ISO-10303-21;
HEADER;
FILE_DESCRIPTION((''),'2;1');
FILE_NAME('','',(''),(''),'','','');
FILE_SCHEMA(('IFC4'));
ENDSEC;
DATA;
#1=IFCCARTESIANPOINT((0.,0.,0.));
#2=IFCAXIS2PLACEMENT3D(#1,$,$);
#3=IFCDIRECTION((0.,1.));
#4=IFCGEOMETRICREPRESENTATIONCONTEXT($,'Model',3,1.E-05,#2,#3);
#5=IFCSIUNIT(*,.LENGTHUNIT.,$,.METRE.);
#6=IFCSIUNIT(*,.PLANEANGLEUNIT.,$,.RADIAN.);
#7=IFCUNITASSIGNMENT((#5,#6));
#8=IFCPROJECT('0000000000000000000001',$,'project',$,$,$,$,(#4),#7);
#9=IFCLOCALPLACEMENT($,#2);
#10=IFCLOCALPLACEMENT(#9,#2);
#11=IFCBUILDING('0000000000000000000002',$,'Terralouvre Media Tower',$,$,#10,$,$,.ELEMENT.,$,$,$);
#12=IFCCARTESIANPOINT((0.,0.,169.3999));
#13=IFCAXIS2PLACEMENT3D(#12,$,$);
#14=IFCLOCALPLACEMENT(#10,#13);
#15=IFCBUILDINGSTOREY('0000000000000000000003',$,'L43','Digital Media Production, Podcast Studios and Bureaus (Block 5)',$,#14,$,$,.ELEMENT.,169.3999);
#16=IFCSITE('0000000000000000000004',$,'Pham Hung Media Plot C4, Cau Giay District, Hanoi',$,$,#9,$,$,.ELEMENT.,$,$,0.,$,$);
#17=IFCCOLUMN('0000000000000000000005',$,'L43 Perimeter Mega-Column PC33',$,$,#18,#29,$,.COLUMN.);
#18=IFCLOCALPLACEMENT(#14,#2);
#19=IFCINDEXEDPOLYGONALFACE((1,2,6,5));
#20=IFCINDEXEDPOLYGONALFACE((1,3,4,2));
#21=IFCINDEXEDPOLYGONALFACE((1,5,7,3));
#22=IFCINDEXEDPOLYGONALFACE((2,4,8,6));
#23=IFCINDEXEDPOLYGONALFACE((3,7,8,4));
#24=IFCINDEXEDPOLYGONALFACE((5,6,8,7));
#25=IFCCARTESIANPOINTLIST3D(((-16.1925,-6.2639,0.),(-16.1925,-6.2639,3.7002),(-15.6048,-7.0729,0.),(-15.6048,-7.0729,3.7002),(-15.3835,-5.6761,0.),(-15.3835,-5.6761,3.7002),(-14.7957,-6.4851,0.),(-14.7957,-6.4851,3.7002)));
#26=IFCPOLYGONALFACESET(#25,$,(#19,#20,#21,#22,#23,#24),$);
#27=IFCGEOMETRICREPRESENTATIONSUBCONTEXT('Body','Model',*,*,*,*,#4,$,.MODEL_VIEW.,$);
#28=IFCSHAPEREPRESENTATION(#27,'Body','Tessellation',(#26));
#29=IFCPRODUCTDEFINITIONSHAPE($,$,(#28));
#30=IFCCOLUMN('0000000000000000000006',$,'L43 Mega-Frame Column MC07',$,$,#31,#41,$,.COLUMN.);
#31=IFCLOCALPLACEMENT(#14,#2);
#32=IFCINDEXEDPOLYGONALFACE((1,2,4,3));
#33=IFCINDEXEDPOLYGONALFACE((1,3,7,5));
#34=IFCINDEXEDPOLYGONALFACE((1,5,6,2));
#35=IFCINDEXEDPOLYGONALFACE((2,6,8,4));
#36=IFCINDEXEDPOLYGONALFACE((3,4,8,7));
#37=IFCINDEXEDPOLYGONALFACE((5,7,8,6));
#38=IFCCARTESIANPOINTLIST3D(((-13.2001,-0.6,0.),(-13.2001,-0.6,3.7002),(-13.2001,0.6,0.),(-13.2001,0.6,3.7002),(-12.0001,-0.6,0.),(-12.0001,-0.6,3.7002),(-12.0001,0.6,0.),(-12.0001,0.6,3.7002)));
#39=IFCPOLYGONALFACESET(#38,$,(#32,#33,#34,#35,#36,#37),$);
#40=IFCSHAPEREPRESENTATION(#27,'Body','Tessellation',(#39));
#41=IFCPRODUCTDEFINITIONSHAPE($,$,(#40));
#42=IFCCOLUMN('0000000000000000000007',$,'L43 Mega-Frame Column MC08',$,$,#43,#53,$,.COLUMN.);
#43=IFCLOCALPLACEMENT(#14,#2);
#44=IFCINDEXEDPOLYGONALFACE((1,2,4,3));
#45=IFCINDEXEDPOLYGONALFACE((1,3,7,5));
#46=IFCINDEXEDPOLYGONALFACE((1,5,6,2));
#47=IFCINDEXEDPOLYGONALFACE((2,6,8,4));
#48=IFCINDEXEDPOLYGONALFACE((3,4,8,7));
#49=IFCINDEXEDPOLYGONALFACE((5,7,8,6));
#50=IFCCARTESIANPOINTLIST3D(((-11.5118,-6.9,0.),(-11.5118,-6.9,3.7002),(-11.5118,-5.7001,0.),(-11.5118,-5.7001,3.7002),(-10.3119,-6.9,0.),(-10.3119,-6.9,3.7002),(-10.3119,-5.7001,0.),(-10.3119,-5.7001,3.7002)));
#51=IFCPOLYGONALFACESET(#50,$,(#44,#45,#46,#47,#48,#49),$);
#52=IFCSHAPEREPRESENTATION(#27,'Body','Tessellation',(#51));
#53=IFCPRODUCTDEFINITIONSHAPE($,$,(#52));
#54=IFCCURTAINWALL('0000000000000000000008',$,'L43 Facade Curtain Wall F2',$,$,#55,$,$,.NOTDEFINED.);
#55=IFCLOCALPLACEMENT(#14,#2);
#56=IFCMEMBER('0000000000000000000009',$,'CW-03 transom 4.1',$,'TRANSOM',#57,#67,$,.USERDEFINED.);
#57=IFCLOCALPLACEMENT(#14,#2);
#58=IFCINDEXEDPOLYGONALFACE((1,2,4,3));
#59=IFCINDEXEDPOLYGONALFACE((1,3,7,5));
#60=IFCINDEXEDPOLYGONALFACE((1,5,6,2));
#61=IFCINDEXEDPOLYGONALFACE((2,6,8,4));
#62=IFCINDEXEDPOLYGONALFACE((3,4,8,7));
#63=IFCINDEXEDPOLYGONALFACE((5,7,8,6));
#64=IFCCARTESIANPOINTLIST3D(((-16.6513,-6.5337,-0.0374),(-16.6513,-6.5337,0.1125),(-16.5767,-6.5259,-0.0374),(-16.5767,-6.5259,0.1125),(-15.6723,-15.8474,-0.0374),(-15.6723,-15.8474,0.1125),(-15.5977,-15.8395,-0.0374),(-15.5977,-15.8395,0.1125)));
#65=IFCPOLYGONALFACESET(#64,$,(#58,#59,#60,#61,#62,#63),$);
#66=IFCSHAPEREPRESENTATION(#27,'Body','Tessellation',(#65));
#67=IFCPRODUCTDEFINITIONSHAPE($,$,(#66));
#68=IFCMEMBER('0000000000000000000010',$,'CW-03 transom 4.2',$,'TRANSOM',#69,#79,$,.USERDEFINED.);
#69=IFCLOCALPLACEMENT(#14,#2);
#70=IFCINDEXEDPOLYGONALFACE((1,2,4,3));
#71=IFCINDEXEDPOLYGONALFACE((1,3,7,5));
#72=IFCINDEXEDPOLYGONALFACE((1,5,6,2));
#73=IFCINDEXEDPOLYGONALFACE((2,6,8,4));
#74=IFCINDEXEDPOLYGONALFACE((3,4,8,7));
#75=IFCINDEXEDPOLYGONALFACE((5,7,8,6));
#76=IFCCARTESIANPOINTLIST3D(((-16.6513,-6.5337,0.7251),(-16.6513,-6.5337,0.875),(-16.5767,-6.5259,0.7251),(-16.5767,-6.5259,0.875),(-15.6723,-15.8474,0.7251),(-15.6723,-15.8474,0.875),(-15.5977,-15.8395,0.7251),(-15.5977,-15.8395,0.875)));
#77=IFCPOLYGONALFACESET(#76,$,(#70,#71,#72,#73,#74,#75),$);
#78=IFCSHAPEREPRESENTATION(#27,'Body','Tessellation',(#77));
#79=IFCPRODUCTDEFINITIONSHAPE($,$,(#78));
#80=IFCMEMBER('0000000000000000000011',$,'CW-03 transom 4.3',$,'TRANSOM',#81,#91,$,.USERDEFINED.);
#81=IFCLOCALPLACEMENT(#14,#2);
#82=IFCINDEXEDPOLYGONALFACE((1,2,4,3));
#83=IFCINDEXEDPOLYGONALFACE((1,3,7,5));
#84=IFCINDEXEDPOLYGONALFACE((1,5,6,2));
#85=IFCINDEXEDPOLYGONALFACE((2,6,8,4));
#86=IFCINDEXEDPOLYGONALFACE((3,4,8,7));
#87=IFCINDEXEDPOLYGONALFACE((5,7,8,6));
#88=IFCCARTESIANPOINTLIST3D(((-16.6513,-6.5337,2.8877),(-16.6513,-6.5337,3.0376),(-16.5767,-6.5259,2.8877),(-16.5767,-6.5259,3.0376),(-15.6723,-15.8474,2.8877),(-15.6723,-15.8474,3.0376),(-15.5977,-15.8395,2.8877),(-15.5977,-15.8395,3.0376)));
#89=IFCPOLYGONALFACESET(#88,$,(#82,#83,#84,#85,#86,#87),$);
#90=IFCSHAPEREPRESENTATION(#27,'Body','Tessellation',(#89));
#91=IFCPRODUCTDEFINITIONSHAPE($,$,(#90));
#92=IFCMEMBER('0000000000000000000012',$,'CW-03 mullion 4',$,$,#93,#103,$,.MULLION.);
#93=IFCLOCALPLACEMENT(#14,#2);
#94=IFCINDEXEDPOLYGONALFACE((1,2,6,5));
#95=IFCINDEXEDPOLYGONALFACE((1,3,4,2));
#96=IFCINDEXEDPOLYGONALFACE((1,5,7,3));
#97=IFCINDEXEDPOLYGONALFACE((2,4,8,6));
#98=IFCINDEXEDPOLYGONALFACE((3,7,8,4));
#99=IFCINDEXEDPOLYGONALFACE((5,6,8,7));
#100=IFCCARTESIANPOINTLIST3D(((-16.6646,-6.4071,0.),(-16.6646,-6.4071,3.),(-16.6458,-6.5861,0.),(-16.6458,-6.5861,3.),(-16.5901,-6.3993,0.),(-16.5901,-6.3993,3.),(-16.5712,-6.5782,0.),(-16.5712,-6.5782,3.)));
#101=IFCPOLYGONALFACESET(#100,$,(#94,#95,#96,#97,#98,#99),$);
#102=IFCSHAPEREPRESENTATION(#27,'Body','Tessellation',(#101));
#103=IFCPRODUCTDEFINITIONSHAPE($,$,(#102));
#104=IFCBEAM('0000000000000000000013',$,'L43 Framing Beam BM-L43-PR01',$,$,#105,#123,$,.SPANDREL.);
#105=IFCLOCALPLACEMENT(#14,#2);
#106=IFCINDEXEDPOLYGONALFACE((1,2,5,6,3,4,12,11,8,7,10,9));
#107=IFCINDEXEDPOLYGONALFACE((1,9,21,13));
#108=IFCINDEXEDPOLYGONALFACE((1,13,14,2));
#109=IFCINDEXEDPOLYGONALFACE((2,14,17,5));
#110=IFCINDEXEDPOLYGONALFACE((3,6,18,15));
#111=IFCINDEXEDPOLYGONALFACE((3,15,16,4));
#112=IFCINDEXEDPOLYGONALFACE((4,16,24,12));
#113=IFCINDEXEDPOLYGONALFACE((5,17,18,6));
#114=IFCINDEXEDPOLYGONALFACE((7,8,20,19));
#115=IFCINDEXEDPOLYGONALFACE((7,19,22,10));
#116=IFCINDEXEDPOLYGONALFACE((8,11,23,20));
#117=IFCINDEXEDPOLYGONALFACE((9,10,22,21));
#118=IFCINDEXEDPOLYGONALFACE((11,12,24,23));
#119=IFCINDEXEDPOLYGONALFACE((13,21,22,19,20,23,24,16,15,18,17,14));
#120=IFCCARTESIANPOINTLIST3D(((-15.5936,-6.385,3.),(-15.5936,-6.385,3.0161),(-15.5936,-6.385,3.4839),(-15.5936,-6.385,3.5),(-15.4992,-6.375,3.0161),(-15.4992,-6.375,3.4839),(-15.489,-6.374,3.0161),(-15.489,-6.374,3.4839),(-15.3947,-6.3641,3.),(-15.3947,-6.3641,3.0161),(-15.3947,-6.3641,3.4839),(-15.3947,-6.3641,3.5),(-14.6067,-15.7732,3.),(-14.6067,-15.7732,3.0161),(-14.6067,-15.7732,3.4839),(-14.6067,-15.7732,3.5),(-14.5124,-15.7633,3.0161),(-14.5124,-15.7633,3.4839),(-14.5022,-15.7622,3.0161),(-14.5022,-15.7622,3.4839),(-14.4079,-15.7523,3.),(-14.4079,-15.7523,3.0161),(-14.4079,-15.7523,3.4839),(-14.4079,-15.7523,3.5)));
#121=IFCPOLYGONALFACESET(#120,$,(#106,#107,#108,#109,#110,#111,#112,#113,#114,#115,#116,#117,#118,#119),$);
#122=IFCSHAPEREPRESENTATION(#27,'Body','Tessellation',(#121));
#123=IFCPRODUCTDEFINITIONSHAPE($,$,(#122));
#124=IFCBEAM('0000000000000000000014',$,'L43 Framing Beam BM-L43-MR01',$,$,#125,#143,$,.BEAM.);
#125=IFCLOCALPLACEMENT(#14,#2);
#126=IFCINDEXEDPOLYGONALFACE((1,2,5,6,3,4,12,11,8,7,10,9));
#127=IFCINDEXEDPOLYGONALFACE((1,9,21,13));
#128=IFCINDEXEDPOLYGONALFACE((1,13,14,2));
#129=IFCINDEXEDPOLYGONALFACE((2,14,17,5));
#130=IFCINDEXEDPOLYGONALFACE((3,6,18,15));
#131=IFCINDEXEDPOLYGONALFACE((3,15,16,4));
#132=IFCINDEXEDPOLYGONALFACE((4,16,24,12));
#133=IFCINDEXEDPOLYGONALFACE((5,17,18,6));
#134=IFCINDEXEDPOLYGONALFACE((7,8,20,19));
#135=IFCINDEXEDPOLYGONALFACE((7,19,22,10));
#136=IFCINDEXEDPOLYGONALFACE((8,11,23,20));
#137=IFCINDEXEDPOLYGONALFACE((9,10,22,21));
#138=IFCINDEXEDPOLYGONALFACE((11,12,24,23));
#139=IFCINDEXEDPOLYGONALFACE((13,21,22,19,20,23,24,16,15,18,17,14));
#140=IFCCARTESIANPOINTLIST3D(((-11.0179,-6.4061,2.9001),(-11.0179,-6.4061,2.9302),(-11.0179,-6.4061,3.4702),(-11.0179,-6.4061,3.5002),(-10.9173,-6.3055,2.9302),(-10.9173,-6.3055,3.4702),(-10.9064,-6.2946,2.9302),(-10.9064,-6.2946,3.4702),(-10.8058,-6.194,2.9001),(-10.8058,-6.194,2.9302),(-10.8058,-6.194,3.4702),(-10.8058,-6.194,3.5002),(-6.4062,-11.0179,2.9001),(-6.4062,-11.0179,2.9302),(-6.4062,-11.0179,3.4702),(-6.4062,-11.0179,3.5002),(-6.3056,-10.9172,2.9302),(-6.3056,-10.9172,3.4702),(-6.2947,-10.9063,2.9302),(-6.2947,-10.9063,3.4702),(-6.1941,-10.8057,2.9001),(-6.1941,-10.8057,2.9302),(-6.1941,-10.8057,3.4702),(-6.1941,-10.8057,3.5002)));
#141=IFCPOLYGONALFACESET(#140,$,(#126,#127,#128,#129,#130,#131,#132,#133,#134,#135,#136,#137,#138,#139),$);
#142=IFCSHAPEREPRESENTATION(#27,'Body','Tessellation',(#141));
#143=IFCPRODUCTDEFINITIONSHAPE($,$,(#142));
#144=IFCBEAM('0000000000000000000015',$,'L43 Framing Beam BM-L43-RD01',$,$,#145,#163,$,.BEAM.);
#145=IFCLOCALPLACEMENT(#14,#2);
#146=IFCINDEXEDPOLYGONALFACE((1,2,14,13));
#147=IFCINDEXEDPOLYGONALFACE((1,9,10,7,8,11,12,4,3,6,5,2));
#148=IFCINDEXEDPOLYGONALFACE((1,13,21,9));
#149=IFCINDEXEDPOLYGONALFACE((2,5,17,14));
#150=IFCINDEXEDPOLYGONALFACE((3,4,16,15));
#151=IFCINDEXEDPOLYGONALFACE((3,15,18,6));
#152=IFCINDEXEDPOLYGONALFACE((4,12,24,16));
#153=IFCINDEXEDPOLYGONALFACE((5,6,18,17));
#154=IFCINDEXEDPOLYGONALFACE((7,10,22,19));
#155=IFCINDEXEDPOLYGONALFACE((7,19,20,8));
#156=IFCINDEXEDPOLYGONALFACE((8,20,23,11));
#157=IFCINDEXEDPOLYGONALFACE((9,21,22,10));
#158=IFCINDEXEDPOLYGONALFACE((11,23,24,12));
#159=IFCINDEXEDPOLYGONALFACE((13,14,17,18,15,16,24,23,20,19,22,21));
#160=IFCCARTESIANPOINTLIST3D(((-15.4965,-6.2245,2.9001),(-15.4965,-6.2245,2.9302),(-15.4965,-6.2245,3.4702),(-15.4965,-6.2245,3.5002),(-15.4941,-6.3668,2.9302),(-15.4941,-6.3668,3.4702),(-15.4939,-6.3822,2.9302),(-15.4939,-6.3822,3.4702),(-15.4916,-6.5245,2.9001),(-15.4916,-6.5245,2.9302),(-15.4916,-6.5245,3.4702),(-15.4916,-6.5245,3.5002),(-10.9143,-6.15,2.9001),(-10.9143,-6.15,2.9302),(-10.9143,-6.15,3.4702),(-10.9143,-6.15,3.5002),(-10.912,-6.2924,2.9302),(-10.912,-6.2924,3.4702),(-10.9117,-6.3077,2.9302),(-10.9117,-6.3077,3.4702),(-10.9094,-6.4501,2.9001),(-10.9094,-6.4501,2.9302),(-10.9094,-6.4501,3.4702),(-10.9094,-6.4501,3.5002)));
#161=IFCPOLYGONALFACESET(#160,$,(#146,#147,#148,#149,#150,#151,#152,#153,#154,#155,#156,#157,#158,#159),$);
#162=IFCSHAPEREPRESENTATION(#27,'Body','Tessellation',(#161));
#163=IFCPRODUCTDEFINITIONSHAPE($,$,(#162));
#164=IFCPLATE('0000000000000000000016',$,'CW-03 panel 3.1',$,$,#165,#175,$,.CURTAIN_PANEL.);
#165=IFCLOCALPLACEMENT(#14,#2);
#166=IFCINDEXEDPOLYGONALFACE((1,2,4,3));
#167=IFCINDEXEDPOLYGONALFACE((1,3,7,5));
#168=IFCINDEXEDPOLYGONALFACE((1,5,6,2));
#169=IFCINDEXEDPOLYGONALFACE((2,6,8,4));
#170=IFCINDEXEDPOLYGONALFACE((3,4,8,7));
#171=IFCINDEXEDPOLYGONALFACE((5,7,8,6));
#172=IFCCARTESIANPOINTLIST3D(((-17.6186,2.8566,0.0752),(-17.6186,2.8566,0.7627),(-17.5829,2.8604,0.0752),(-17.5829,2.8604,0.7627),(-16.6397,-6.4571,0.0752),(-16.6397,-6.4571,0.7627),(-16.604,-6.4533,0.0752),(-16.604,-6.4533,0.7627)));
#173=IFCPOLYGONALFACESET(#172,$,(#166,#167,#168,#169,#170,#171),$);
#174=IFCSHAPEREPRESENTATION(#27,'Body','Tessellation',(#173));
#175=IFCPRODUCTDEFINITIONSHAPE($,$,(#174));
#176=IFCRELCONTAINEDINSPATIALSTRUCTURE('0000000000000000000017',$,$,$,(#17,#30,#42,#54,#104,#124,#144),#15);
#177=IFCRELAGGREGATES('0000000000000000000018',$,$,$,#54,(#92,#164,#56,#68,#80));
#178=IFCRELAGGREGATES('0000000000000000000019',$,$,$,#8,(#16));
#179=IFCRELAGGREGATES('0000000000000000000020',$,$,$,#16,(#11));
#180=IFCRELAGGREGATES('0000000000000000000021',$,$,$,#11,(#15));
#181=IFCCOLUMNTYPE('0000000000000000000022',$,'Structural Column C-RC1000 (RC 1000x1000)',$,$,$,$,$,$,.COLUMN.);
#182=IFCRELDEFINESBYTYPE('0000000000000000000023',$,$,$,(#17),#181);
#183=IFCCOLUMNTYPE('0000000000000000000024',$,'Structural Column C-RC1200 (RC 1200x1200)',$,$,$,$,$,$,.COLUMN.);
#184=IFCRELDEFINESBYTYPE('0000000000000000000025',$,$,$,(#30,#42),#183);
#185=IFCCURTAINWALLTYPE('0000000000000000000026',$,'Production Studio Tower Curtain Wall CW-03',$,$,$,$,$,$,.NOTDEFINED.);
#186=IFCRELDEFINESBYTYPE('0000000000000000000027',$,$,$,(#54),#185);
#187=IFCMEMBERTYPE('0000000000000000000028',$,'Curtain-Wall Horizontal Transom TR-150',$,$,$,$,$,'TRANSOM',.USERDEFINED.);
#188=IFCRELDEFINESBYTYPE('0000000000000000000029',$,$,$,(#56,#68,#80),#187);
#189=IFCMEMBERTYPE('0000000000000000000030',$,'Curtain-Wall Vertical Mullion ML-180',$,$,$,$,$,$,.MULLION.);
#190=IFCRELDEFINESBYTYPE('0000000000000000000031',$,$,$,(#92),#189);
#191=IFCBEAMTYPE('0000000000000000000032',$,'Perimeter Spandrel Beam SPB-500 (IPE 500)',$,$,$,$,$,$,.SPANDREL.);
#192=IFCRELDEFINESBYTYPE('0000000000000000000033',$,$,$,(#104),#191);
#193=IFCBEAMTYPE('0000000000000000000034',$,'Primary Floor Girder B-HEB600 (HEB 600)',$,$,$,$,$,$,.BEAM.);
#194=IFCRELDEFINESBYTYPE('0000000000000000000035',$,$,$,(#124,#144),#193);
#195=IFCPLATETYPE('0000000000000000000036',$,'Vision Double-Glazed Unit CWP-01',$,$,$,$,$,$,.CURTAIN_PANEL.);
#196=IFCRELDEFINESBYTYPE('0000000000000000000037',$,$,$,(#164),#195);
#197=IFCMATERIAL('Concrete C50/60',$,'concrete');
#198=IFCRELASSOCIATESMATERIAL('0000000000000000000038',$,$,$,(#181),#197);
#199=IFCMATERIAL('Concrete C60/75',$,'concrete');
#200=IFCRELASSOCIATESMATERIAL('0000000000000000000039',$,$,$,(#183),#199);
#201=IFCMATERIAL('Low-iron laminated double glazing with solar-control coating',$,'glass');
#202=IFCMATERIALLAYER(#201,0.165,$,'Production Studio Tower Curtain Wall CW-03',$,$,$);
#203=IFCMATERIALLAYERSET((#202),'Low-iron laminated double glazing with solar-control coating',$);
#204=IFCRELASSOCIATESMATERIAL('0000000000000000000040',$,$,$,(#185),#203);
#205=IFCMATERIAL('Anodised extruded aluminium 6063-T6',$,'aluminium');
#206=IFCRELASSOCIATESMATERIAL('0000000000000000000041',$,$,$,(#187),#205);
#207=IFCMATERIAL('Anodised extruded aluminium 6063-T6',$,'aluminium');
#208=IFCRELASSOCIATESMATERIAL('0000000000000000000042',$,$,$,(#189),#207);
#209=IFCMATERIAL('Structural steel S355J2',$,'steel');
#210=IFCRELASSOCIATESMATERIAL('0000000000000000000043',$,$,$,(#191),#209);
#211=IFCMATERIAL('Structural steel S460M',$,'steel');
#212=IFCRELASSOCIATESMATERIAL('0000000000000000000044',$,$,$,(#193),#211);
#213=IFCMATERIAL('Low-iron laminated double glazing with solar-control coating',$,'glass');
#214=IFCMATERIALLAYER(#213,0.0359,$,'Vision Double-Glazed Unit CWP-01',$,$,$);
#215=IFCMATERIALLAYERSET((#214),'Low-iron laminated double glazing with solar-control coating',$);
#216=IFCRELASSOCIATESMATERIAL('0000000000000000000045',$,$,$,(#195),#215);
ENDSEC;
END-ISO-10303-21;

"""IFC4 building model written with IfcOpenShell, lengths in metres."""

from ifc_helpers import new_model, si_unit, direction, frame, origin, origin_2d, place, context, subcontext, project, spatial, rectangle, i_section, extrude, material, layer, layer_set, material_profile, profile_set, type_object, element, aggregate, save


model = new_model("IFC4")

# Units and contexts
model_context = context("Model", 3, precision=1e-05, world=origin(), true_north=direction((0.0, 1.0)))
body_context = subcontext(model_context, "Body", "Model", "MODEL_VIEW")
ifc_project = project(units=[si_unit("LENGTHUNIT", "METRE"), si_unit("PLANEANGLEUNIT", "RADIAN")], contexts=[model_context])

# Site, building, storey
site_placement = place(None, origin())
site = spatial("IfcSite", under=ifc_project, at=site_placement, Name="Pham Hung Media Plot C4, Cau Giay District, Hanoi", CompositionType="ELEMENT", RefElevation=0.0)
building_placement = place(site_placement, origin())
building = spatial("IfcBuilding", under=site, at=building_placement, Name="Terralouvre Media Tower", CompositionType="ELEMENT")
storey_placement = place(building_placement, frame((0.0, 0.0, 169.3999)))
storey = spatial("IfcBuildingStorey", under=building, at=storey_placement, Name="L43", Description="Digital Media Production, Podcast Studios and Bureaus (Block 5)", CompositionType="ELEMENT", Elevation=169.3999)

# Columns
ifc_material_1 = material(Name="Concrete C50/60", Category="concrete")
ifc_material_profile_1 = material_profile(ifc_material_1, rectangle(XDim=1.0, YDim=1.0, at=origin_2d()), Name="RC 1000x1000")
ifc_profile_set_1 = profile_set([ifc_material_profile_1], Name="Concrete C50/60")
column_type_1 = type_object("IfcColumnType", Name="Structural Column C-RC1000 (RC 1000x1000)", PredefinedType="COLUMN", material=ifc_profile_set_1)
column_placement = place(storey_placement, frame((-15.4941, -6.3745, 0.0), z_axis=(0.0, 0.0, 1.0), x_axis=(0.809017, 0.587785, 0.0)))
element("IfcColumn", 1, at=column_placement, inside=storey, type_object=column_type_1, Name="L43 Perimeter Mega-Column PC33", PredefinedType="COLUMN", context=body_context, shape_type="SweptSolid", body=[
    extrude(rectangle(XDim=1.0, YDim=1.0, at=origin_2d()), origin(), (0.0, 0.0, 1.0), 3.7002),
])
ifc_material_2 = material(Name="Concrete C60/75", Category="concrete")
ifc_material_profile_2 = material_profile(ifc_material_2, rectangle(XDim=1.2, YDim=1.2, at=origin_2d()), Name="RC 1200x1200")
ifc_profile_set_2 = profile_set([ifc_material_profile_2], Name="Concrete C60/75")
column_type_2 = type_object("IfcColumnType", Name="Structural Column C-RC1200 (RC 1200x1200)", PredefinedType="COLUMN", material=ifc_profile_set_2)
for number, where, z_axis, x_axis, name in (
    (2, (-12.6001, 0.0, 0.0), (0.0, 0.0, 1.0), (1.0, 0.0, 0.0), "L43 Mega-Frame Column MC07"),
    (3, (-10.9119, -6.3, 0.0), (0.0, 0.0, 1.0), (1.0, 0.0, 0.0), "L43 Mega-Frame Column MC08"),
):
    element("IfcColumn", number, at=place(storey_placement, frame(where, z_axis=z_axis, x_axis=x_axis)), inside=storey, type_object=column_type_2, Name=name, PredefinedType="COLUMN", context=body_context, shape_type="SweptSolid", body=[
        extrude(rectangle(XDim=1.2, YDim=1.2, at=origin_2d()), origin(), (0.0, 0.0, 1.0), 3.7002),
    ])

# Curtain wall, members
ifc_material_3 = material(Name="Low-iron laminated double glazing with solar-control coating", Category="glass")
ifc_layer_1 = layer(ifc_material_3, 0.165, Name="Production Studio Tower Curtain Wall CW-03")
ifc_layer_set_1 = layer_set([ifc_layer_1], Name="Low-iron laminated double glazing with solar-control coating")
curtain_wall_type = type_object("IfcCurtainWallType", Name="Production Studio Tower Curtain Wall CW-03", PredefinedType="NOTDEFINED", material=ifc_layer_set_1)
curtain_wall_placement = place(storey_placement, origin())
curtain_wall = element("IfcCurtainWall", 4, at=curtain_wall_placement, inside=storey, type_object=curtain_wall_type, Name="L43 Facade Curtain Wall F2", PredefinedType="NOTDEFINED")
ifc_material_4 = material(Name="Anodised extruded aluminium 6063-T6", Category="aluminium")
ifc_material_profile_3 = material_profile(ifc_material_4, rectangle(XDim=0.075, YDim=0.1499, at=origin_2d()), Name="ALU 75x150")
ifc_profile_set_3 = profile_set([ifc_material_profile_3], Name="Anodised extruded aluminium 6063-T6")
member_type_1 = type_object("IfcMemberType", Name="Curtain-Wall Horizontal Transom TR-150", ElementType="TRANSOM", PredefinedType="USERDEFINED", material=ifc_profile_set_3)
member_1_placement = place(storey_placement, frame((-16.614, -6.5298, 0.0376), z_axis=(0.104538, -0.994521, 0.0), x_axis=(0.994521, 0.104538, 0.0)))
member_1 = element("IfcMember", 5, at=member_1_placement, type_object=member_type_1, Name="CW-03 transom 4.1", ObjectType="TRANSOM", PredefinedType="USERDEFINED", context=body_context, shape_type="SweptSolid", body=[
    extrude(rectangle(XDim=0.075, YDim=0.1499, at=origin_2d()), origin(), (0.0, 0.0, 1.0), 9.365),
])
member_2_placement = place(storey_placement, frame((-16.614, -6.5298, 0.8), z_axis=(0.104538, -0.994521, 0.0), x_axis=(0.994521, 0.104538, 0.0)))
member_2 = element("IfcMember", 6, at=member_2_placement, type_object=member_type_1, Name="CW-03 transom 4.2", ObjectType="TRANSOM", PredefinedType="USERDEFINED", context=body_context, shape_type="SweptSolid", body=[
    extrude(rectangle(XDim=0.075, YDim=0.1499, at=origin_2d()), origin(), (0.0, 0.0, 1.0), 9.365),
])
member_3_placement = place(storey_placement, frame((-16.614, -6.5298, 2.9626), z_axis=(0.104538, -0.994521, 0.0), x_axis=(0.994521, 0.104538, 0.0)))
member_3 = element("IfcMember", 7, at=member_3_placement, type_object=member_type_1, Name="CW-03 transom 4.3", ObjectType="TRANSOM", PredefinedType="USERDEFINED", context=body_context, shape_type="SweptSolid", body=[
    extrude(rectangle(XDim=0.075, YDim=0.1499, at=origin_2d()), origin(), (0.0, 0.0, 1.0), 9.365),
])
ifc_material_5 = material(Name="Anodised extruded aluminium 6063-T6", Category="aluminium")
ifc_material_profile_4 = material_profile(ifc_material_5, rectangle(XDim=0.075, YDim=0.1799, at=origin_2d()), Name="ALU 75x180")
ifc_profile_set_4 = profile_set([ifc_material_profile_4], Name="Anodised extruded aluminium 6063-T6")
member_type_2 = type_object("IfcMemberType", Name="Curtain-Wall Vertical Mullion ML-180", PredefinedType="MULLION", material=ifc_profile_set_4)
member_4_placement = place(storey_placement, frame((-16.6179, -6.4927, 0.0), z_axis=(0.0, 0.0, 1.0), x_axis=(0.994522, 0.104528, 0.0)))
member_4 = element("IfcMember", 8, at=member_4_placement, type_object=member_type_2, Name="CW-03 mullion 4", PredefinedType="MULLION", context=body_context, shape_type="SweptSolid", body=[
    extrude(rectangle(XDim=0.075, YDim=0.1799, at=origin_2d()), origin(), (0.0, 0.0, 1.0), 3.0),
])

# Beams
ifc_material_6 = material(Name="Structural steel S355J2", Category="steel")
ifc_material_profile_5 = material_profile(ifc_material_6, i_section(OverallWidth=0.2, OverallDepth=0.5, WebThickness=0.0103, FlangeThickness=0.0161, at=origin_2d()), Name="IPE 500")
ifc_profile_set_5 = profile_set([ifc_material_profile_5], Name="Structural steel S355J2")
beam_type_1 = type_object("IfcBeamType", Name="Perimeter Spandrel Beam SPB-500 (IPE 500)", PredefinedType="SPANDREL", material=ifc_profile_set_5)
beam_1_placement = place(storey_placement, frame((-15.4941, -6.3745, 3.25), z_axis=(0.104537, -0.994521, 0.0), x_axis=(0.994521, 0.104537, 0.0)))
element("IfcBeam", 9, at=beam_1_placement, inside=storey, type_object=beam_type_1, Name="L43 Framing Beam BM-L43-PR01", PredefinedType="SPANDREL", context=body_context, shape_type="SweptSolid", body=[
    extrude(i_section(OverallWidth=0.2, OverallDepth=0.5, WebThickness=0.0103, FlangeThickness=0.0161, at=origin_2d()), origin(), (0.0, 0.0, 1.0), 9.4399),
])
ifc_material_7 = material(Name="Structural steel S460M", Category="steel")
ifc_material_profile_6 = material_profile(ifc_material_7, i_section(OverallWidth=0.3, OverallDepth=0.6001, WebThickness=0.0154, FlangeThickness=0.03, at=origin_2d()), Name="HEB 600")
ifc_profile_set_6 = profile_set([ifc_material_profile_6], Name="Structural steel S460M")
beam_type_2 = type_object("IfcBeamType", Name="Primary Floor Girder B-HEB600 (HEB 600)", PredefinedType="BEAM", material=ifc_profile_set_6)
beam_2_placement = place(storey_placement, frame((-10.9119, -6.3, 3.2002), z_axis=(0.707107, -0.707107, 0.0), x_axis=(0.707107, 0.707107, 0.0)))
element("IfcBeam", 10, at=beam_2_placement, inside=storey, type_object=beam_type_2, Name="L43 Framing Beam BM-L43-MR01", PredefinedType="BEAM", context=body_context, shape_type="SweptSolid", body=[
    extrude(i_section(OverallWidth=0.3, OverallDepth=0.6001, WebThickness=0.0154, FlangeThickness=0.03, at=origin_2d()), origin(), (0.0, 0.0, 1.0), 6.522),
])
beam_3_placement = place(storey_placement, frame((-10.9119, -6.3, 3.2002), z_axis=(-0.999868, -0.016248, 0.0), x_axis=(0.016248, -0.999868, 0.0)))
element("IfcBeam", 11, at=beam_3_placement, inside=storey, type_object=beam_type_2, Name="L43 Framing Beam BM-L43-RD01", PredefinedType="BEAM", context=body_context, shape_type="SweptSolid", body=[
    extrude(i_section(OverallWidth=0.3, OverallDepth=0.6001, WebThickness=0.0154, FlangeThickness=0.03, at=origin_2d()), origin(), (0.0, 0.0, 1.0), 4.5828),
])

# Plate
ifc_material_8 = material(Name="Low-iron laminated double glazing with solar-control coating", Category="glass")
ifc_layer_2 = layer(ifc_material_8, 0.0359, Name="Vision Double-Glazed Unit CWP-01")
ifc_layer_set_2 = layer_set([ifc_layer_2], Name="Low-iron laminated double glazing with solar-control coating")
plate_type = type_object("IfcPlateType", Name="Vision Double-Glazed Unit CWP-01", PredefinedType="CURTAIN_PANEL", material=ifc_layer_set_2)
plate_1_placement = place(storey_placement, frame((-17.1113, -1.7983, 0.0752), z_axis=(0.0, 0.0, 1.0), x_axis=(0.104528, -0.994522, 0.0)))
plate_1 = element("IfcPlate", 12, at=plate_1_placement, type_object=plate_type, Name="CW-03 panel 3.1", PredefinedType="CURTAIN_PANEL", context=body_context, shape_type="SweptSolid", body=[
    extrude(rectangle(XDim=9.365, YDim=0.0359, at=origin_2d()), origin(), (0.0, 0.0, 1.0), 0.6875),
])
aggregate(curtain_wall, [member_4, plate_1, member_1, member_2, member_3])

save(model, "model.ifc")
